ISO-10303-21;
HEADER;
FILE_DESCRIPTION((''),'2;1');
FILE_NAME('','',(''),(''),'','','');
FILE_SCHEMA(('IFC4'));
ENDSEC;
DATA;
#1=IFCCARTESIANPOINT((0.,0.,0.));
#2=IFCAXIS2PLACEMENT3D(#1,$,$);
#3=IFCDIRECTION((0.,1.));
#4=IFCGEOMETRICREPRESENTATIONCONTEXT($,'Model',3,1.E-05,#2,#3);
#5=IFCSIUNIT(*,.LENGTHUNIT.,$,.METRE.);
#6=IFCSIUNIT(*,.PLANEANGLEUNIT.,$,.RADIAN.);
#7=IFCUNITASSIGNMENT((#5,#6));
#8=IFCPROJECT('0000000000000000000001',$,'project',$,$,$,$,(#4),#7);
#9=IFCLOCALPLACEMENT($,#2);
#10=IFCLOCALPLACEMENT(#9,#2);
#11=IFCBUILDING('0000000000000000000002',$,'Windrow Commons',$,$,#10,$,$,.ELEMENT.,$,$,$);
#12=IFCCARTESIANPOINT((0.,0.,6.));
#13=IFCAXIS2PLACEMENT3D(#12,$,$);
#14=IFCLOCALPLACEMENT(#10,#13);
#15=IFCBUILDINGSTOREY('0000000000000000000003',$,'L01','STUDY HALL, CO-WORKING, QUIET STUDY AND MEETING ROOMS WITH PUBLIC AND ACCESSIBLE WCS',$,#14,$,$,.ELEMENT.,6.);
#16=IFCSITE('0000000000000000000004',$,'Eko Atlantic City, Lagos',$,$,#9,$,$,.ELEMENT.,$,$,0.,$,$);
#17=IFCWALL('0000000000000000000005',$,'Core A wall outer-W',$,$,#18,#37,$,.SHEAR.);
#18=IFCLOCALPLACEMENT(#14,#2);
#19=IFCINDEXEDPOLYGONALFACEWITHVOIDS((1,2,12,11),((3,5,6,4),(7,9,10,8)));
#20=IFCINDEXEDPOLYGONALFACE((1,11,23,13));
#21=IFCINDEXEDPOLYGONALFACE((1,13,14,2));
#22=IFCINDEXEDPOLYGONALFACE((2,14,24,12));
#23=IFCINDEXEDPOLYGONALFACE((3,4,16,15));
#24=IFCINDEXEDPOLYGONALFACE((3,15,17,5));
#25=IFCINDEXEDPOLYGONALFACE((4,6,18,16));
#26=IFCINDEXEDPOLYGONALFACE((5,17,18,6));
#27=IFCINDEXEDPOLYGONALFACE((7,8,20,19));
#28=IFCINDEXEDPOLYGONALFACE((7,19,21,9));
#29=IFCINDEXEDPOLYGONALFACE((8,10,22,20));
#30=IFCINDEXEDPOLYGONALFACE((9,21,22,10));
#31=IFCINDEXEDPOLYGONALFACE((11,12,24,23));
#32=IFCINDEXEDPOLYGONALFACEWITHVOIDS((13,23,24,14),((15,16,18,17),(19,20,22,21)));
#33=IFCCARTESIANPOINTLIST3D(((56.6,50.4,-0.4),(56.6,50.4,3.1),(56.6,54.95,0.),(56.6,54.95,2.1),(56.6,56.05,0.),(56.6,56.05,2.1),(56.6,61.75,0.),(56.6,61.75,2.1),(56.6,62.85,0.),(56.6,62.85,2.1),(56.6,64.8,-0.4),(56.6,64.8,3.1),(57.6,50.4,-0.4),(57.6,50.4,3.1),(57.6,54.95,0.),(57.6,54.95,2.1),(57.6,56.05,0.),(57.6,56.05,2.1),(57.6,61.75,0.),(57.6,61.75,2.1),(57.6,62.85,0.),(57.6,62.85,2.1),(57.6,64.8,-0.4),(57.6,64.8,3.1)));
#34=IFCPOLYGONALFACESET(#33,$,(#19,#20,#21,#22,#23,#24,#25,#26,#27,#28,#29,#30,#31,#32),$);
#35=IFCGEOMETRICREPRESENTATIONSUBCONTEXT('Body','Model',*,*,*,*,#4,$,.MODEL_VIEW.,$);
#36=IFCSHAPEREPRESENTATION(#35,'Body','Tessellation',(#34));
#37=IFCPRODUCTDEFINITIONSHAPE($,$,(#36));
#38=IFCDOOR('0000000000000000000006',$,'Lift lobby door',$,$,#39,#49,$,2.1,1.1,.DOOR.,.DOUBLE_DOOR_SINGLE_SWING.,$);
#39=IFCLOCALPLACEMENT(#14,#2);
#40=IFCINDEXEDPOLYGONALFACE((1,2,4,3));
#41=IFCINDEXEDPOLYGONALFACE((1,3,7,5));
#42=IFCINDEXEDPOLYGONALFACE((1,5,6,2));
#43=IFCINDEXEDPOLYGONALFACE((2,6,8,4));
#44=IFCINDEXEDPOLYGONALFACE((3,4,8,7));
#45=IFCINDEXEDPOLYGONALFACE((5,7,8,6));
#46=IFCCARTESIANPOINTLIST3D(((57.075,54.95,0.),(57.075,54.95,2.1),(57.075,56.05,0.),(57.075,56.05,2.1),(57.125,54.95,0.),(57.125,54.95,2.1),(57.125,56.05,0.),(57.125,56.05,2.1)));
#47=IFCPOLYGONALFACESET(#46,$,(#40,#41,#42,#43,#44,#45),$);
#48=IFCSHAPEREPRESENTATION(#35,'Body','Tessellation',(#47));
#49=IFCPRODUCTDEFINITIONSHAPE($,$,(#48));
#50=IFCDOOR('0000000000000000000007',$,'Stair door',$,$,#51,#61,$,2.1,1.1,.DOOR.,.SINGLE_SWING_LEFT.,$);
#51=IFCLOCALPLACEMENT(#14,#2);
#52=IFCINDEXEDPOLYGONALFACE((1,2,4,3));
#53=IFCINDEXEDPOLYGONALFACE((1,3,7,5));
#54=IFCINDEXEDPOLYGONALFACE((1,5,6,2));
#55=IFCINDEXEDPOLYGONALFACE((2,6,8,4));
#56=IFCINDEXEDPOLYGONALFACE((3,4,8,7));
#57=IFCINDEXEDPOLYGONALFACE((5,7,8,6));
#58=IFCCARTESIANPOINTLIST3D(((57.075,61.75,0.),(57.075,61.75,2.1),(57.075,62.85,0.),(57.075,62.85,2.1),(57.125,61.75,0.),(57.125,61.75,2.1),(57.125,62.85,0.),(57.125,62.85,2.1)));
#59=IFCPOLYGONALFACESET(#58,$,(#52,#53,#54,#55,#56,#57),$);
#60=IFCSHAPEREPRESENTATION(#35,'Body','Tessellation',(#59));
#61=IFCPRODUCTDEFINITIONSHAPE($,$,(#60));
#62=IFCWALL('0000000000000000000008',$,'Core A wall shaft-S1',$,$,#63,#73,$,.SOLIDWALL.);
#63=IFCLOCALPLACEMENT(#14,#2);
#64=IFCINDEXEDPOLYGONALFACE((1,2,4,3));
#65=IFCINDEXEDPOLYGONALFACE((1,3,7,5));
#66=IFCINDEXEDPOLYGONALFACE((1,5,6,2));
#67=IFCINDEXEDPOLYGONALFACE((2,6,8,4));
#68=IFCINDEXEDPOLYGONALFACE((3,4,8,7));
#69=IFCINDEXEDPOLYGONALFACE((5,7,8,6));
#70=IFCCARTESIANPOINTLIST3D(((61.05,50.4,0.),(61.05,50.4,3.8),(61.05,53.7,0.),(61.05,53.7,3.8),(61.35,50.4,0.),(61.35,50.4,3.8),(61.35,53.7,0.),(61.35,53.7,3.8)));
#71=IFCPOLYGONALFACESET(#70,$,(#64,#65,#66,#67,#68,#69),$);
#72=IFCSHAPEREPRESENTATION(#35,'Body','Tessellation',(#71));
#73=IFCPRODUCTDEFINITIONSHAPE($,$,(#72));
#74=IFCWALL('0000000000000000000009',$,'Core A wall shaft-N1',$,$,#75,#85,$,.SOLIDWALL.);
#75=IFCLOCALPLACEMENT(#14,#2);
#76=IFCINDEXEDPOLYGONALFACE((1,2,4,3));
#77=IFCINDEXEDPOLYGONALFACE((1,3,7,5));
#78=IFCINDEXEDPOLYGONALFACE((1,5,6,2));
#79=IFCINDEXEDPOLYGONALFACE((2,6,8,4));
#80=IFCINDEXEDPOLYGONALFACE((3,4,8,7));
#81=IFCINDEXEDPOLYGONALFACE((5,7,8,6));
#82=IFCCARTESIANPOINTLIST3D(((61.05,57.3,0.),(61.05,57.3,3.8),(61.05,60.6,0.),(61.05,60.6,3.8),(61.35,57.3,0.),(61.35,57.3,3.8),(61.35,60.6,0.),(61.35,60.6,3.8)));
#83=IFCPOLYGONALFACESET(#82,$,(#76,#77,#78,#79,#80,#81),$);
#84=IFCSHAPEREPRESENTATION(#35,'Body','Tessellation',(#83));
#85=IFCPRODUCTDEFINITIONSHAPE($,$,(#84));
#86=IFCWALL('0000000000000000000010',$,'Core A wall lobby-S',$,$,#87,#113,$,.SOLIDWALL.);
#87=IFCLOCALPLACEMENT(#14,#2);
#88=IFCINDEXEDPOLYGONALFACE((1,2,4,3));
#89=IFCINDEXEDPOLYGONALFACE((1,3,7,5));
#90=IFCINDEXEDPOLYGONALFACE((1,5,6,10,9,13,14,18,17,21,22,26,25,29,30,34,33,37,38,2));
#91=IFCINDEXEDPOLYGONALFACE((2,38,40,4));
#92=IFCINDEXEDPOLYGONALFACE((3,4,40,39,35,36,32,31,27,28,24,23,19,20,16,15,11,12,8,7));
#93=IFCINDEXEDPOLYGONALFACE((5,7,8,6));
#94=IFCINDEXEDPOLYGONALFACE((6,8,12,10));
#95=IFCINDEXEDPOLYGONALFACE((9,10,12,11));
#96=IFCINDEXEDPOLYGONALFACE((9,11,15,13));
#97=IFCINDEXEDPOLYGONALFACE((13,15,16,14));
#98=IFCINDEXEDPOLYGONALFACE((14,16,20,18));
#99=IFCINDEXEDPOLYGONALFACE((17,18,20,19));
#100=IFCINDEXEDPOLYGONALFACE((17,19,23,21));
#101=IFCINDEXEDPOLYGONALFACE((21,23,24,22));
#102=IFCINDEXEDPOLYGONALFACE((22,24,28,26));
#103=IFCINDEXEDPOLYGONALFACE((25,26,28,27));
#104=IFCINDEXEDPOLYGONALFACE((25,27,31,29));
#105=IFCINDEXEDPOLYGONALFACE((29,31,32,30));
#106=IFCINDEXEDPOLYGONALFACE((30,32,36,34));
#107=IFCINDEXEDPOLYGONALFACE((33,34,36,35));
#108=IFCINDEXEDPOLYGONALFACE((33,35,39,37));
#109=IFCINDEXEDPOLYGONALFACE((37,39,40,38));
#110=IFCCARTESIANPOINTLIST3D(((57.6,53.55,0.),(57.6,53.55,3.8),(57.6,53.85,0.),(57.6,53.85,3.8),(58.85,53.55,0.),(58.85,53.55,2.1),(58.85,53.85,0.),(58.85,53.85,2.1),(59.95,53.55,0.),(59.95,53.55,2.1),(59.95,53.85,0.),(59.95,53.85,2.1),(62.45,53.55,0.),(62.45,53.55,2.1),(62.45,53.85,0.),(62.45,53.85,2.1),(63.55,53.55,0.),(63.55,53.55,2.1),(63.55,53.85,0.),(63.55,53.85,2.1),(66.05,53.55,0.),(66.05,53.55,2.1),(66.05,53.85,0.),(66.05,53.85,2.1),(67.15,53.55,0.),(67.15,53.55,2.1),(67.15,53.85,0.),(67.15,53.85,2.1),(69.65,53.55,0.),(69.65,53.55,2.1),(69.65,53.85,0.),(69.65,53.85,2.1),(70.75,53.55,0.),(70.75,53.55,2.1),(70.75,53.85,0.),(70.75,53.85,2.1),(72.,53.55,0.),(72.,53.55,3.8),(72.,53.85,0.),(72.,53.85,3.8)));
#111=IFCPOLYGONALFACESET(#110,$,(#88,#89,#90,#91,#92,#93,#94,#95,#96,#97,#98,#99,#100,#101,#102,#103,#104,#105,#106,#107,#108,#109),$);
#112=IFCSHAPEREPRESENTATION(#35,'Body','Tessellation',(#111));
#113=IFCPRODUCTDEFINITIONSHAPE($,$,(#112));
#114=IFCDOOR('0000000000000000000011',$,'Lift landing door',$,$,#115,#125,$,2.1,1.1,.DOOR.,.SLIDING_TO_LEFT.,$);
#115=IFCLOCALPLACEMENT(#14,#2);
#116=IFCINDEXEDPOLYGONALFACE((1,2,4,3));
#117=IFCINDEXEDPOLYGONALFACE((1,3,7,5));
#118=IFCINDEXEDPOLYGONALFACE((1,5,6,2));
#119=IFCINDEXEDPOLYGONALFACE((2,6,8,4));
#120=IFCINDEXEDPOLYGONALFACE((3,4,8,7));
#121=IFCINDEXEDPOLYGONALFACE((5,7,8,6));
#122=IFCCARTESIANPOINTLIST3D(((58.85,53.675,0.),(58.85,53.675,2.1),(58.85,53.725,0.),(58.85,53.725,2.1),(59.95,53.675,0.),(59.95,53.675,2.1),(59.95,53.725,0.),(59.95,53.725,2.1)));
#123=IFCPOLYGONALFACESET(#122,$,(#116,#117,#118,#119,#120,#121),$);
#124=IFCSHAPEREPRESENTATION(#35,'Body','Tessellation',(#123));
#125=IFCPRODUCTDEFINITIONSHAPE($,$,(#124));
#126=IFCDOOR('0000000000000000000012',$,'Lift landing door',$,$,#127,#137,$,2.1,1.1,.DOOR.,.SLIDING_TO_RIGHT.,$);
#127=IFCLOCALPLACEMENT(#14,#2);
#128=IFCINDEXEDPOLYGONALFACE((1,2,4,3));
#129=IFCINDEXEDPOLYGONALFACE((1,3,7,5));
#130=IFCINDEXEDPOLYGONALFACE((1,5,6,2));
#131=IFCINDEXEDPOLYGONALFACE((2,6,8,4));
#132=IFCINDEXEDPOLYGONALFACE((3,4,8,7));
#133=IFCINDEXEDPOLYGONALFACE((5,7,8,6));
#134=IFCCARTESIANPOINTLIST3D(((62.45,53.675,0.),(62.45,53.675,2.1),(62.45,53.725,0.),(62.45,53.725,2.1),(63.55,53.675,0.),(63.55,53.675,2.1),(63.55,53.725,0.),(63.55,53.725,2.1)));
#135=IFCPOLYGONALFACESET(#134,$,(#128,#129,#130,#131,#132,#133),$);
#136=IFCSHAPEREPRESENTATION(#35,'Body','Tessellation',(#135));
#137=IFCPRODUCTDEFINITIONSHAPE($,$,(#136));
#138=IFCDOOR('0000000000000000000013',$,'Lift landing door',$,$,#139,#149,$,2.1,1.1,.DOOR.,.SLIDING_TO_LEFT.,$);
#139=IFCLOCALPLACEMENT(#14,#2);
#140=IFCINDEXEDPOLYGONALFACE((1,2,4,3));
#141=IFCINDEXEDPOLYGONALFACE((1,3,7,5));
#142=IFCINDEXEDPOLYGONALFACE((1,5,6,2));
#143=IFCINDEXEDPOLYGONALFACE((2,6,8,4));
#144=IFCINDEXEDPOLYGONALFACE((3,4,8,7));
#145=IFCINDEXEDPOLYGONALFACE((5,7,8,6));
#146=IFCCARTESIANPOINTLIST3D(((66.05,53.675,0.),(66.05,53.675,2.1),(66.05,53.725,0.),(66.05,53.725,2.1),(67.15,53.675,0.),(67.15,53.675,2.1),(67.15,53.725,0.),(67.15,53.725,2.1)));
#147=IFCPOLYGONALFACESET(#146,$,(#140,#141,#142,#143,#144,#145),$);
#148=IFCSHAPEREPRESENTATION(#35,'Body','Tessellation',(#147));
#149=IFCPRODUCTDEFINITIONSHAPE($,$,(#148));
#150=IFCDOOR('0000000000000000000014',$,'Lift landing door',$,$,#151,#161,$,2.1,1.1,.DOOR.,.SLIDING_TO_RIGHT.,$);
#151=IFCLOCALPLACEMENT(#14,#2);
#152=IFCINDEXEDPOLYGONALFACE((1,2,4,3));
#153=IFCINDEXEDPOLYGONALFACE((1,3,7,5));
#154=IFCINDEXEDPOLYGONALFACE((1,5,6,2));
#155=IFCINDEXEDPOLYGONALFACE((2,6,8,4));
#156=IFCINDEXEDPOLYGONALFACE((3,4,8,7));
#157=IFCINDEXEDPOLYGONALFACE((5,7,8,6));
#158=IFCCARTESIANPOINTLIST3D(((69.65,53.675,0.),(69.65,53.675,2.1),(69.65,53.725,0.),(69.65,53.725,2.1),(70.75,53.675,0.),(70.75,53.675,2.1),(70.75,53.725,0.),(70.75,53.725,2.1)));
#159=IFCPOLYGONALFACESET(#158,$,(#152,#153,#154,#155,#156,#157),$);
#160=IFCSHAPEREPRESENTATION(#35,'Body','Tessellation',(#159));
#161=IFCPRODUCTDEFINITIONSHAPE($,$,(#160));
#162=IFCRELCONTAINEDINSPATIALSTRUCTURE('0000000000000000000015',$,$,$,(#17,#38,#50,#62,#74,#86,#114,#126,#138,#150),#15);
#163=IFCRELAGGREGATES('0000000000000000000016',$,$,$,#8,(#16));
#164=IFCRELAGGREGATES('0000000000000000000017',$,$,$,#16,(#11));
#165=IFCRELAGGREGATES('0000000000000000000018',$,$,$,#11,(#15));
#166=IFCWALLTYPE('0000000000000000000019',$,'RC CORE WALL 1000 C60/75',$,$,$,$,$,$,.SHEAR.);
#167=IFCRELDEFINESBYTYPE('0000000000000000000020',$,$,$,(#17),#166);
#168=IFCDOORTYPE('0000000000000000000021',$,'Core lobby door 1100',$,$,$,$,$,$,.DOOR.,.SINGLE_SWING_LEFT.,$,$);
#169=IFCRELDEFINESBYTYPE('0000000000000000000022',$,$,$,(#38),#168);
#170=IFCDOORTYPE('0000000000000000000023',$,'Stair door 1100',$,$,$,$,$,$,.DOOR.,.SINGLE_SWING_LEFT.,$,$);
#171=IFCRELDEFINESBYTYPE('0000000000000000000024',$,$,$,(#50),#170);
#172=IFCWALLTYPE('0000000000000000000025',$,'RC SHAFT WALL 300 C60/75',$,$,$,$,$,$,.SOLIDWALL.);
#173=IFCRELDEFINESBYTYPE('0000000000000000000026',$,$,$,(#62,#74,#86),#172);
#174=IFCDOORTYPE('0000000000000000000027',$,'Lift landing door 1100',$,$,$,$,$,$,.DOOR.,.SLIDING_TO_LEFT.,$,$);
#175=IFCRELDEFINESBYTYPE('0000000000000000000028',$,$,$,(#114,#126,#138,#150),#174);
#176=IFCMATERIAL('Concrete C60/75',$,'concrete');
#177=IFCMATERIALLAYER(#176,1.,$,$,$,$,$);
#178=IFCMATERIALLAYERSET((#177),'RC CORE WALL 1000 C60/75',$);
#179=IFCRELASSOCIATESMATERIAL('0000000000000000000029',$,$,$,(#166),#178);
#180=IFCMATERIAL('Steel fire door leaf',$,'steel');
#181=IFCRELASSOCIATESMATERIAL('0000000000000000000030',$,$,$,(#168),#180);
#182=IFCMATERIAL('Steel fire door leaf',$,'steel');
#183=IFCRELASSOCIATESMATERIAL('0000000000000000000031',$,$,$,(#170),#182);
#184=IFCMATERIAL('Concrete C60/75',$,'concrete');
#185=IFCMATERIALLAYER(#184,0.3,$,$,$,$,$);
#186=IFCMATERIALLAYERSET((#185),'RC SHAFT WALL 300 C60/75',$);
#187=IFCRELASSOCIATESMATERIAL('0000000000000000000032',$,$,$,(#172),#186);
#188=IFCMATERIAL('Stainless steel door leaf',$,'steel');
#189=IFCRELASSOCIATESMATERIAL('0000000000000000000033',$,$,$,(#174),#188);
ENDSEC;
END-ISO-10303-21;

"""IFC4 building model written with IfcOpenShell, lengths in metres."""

from ifc_helpers import new_model, si_unit, direction, frame, frame_2d, origin, place, context, subcontext, project, spatial, rectangle, extrude, material, layer, layer_set, type_object, element, fill, save


model = new_model("IFC4")

# Units and contexts
model_context = context("Model", 3, precision=1e-05, world=origin(), true_north=direction((0.0, 1.0)))
body_context = subcontext(model_context, "Body", "Model", "MODEL_VIEW")
ifc_project = project(units=[si_unit("LENGTHUNIT", "METRE"), si_unit("PLANEANGLEUNIT", "RADIAN")], contexts=[model_context])

# Site, building, storey
site_placement = place(None, origin())
site = spatial("IfcSite", under=ifc_project, at=site_placement, Name="Eko Atlantic City, Lagos", CompositionType="ELEMENT", RefElevation=0.0)
building_placement = place(site_placement, origin())
building = spatial("IfcBuilding", under=site, at=building_placement, Name="Windrow Commons", CompositionType="ELEMENT")
storey_placement = place(building_placement, frame((0.0, 0.0, 6.0)))
storey = spatial("IfcBuildingStorey", under=building, at=storey_placement, Name="L01", Description="STUDY HALL, CO-WORKING, QUIET STUDY AND MEETING ROOMS WITH PUBLIC AND ACCESSIBLE WCS", CompositionType="ELEMENT", Elevation=6.0)

# Shared definitions
ifc_material_1 = material(Name="Concrete C60/75", Category="concrete")
ifc_layer_1 = layer(ifc_material_1, 1.0)
ifc_layer_set_1 = layer_set([ifc_layer_1], Name="RC CORE WALL 1000 C60/75")
wall_type_1 = type_object("IfcWallType", Name="RC CORE WALL 1000 C60/75", PredefinedType="SHEAR", material=ifc_layer_set_1)

# Wall, openings, doors
wall_1_placement = place(storey_placement, frame((57.1, 50.4, -0.4), z_axis=(0.0, 0.0, 1.0), x_axis=(0.0, 1.0, 0.0)))
wall_1 = element("IfcWall", 1, at=wall_1_placement, inside=storey, type_object=wall_type_1, Name="Core A wall outer-W", PredefinedType="SHEAR", context=body_context, shape_type="SweptSolid", body=[
    extrude(rectangle(XDim=14.4, YDim=1.0, at=frame_2d((7.2, 0.0))), origin(), (0.0, 0.0, 1.0), 3.5),
])
opening_1_placement = place(wall_1_placement, frame((4.55, 0.0, 0.4)))
opening_1 = element("IfcOpeningElement", 2, at=opening_1_placement, cuts=wall_1, PredefinedType="OPENING", context=body_context, shape_type="SweptSolid", body=[
    extrude(rectangle(XDim=1.1, YDim=2.1, at=frame_2d((0.55, 1.05))), frame((0.0, 0.51, 0.0), z_axis=(0.0, -1.0, 0.0), x_axis=(1.0, 0.0, 0.0)), (0.0, 0.0, 1.0), 1.02),
])
opening_2_placement = place(wall_1_placement, frame((11.35, 0.0, 0.4)))
opening_2 = element("IfcOpeningElement", 3, at=opening_2_placement, cuts=wall_1, PredefinedType="OPENING", context=body_context, shape_type="SweptSolid", body=[
    extrude(rectangle(XDim=1.1, YDim=2.1, at=frame_2d((0.55, 1.05))), frame((0.0, 0.51, 0.0), z_axis=(0.0, -1.0, 0.0), x_axis=(1.0, 0.0, 0.0)), (0.0, 0.0, 1.0), 1.02),
])
ifc_material_2 = material(Name="Steel fire door leaf", Category="steel")
door_type_1 = type_object("IfcDoorType", Name="Core lobby door 1100", OperationType="SINGLE_SWING_LEFT", PredefinedType="DOOR", material=ifc_material_2)
door_1_placement = place(opening_1_placement, origin())
door_1 = element("IfcDoor", 4, at=door_1_placement, inside=storey, type_object=door_type_1, Name="Lift lobby door", OperationType="DOUBLE_DOOR_SINGLE_SWING", OverallHeight=2.1, OverallWidth=1.1, PredefinedType="DOOR", context=body_context, shape_type="SweptSolid", body=[
    extrude(rectangle(XDim=1.1, YDim=2.1, at=frame_2d((0.55, 1.05))), frame((0.0, 0.025, 0.0), z_axis=(0.0, -1.0, 0.0), x_axis=(1.0, 0.0, 0.0)), (0.0, 0.0, 1.0), 0.05),
])
fill(opening_1, door_1)
ifc_material_3 = material(Name="Steel fire door leaf", Category="steel")
door_type_2 = type_object("IfcDoorType", Name="Stair door 1100", OperationType="SINGLE_SWING_LEFT", PredefinedType="DOOR", material=ifc_material_3)
door_2_placement = place(opening_2_placement, origin())
door_2 = element("IfcDoor", 5, at=door_2_placement, inside=storey, type_object=door_type_2, Name="Stair door", OperationType="SINGLE_SWING_LEFT", OverallHeight=2.1, OverallWidth=1.1, PredefinedType="DOOR", context=body_context, shape_type="SweptSolid", body=[
    extrude(rectangle(XDim=1.1, YDim=2.1, at=frame_2d((0.55, 1.05))), frame((0.0, 0.025, 0.0), z_axis=(0.0, -1.0, 0.0), x_axis=(1.0, 0.0, 0.0)), (0.0, 0.0, 1.0), 0.05),
])
fill(opening_2, door_2)

# Walls
ifc_material_4 = material(Name="Concrete C60/75", Category="concrete")
ifc_layer_2 = layer(ifc_material_4, 0.3)
ifc_layer_set_2 = layer_set([ifc_layer_2], Name="RC SHAFT WALL 300 C60/75")
wall_type_2 = type_object("IfcWallType", Name="RC SHAFT WALL 300 C60/75", PredefinedType="SOLIDWALL", material=ifc_layer_set_2)
for number, where, z_axis, x_axis, name in (
    (6, (61.2, 50.4, 0.0), (0.0, 0.0, 1.0), (0.0, 1.0, 0.0), "Core A wall shaft-S1"),
    (7, (61.2, 57.3, 0.0), (0.0, 0.0, 1.0), (0.0, 1.0, 0.0), "Core A wall shaft-N1"),
):
    element("IfcWall", number, at=place(storey_placement, frame(where, z_axis=z_axis, x_axis=x_axis)), inside=storey, type_object=wall_type_2, Name=name, PredefinedType="SOLIDWALL", context=body_context, shape_type="SweptSolid", body=[
        extrude(rectangle(XDim=3.3, YDim=0.3, at=frame_2d((1.65, 0.0))), origin(), (0.0, 0.0, 1.0), 3.8),
    ])

# Wall, openings, doors
wall_2_placement = place(storey_placement, frame((57.6, 53.7, 0.0), z_axis=(0.0, 0.0, 1.0), x_axis=(1.0, 0.0, 0.0)))
wall_2 = element("IfcWall", 8, at=wall_2_placement, inside=storey, type_object=wall_type_2, Name="Core A wall lobby-S", PredefinedType="SOLIDWALL", context=body_context, shape_type="SweptSolid", body=[
    extrude(rectangle(XDim=14.4, YDim=0.3, at=frame_2d((7.2, 0.0))), origin(), (0.0, 0.0, 1.0), 3.8),
])
opening_3_placement = place(wall_2_placement, frame((1.25, 0.0, 0.0)))
opening_3 = element("IfcOpeningElement", 9, at=opening_3_placement, cuts=wall_2, PredefinedType="OPENING", context=body_context, shape_type="SweptSolid", body=[
    extrude(rectangle(XDim=1.1, YDim=2.1, at=frame_2d((0.55, 1.05))), frame((0.0, 0.16, 0.0), z_axis=(0.0, -1.0, 0.0), x_axis=(1.0, 0.0, 0.0)), (0.0, 0.0, 1.0), 0.32),
])
opening_4_placement = place(wall_2_placement, frame((4.85, 0.0, 0.0)))
opening_4 = element("IfcOpeningElement", 10, at=opening_4_placement, cuts=wall_2, PredefinedType="OPENING", context=body_context, shape_type="SweptSolid", body=[
    extrude(rectangle(XDim=1.1, YDim=2.1, at=frame_2d((0.55, 1.05))), frame((0.0, 0.16, 0.0), z_axis=(0.0, -1.0, 0.0), x_axis=(1.0, 0.0, 0.0)), (0.0, 0.0, 1.0), 0.32),
])
opening_5_placement = place(wall_2_placement, frame((8.45, 0.0, 0.0)))
opening_5 = element("IfcOpeningElement", 11, at=opening_5_placement, cuts=wall_2, PredefinedType="OPENING", context=body_context, shape_type="SweptSolid", body=[
    extrude(rectangle(XDim=1.1, YDim=2.1, at=frame_2d((0.55, 1.05))), frame((0.0, 0.16, 0.0), z_axis=(0.0, -1.0, 0.0), x_axis=(1.0, 0.0, 0.0)), (0.0, 0.0, 1.0), 0.32),
])
opening_6_placement = place(wall_2_placement, frame((12.05, 0.0, 0.0)))
opening_6 = element("IfcOpeningElement", 12, at=opening_6_placement, cuts=wall_2, PredefinedType="OPENING", context=body_context, shape_type="SweptSolid", body=[
    extrude(rectangle(XDim=1.1, YDim=2.1, at=frame_2d((0.55, 1.05))), frame((0.0, 0.16, 0.0), z_axis=(0.0, -1.0, 0.0), x_axis=(1.0, 0.0, 0.0)), (0.0, 0.0, 1.0), 0.32),
])
ifc_material_5 = material(Name="Stainless steel door leaf", Category="steel")
door_type_3 = type_object("IfcDoorType", Name="Lift landing door 1100", OperationType="SLIDING_TO_LEFT", PredefinedType="DOOR", material=ifc_material_5)
door_3_placement = place(opening_3_placement, origin())
door_3 = element("IfcDoor", 13, at=door_3_placement, inside=storey, type_object=door_type_3, Name="Lift landing door", OperationType="SLIDING_TO_LEFT", OverallHeight=2.1, OverallWidth=1.1, PredefinedType="DOOR", context=body_context, shape_type="SweptSolid", body=[
    extrude(rectangle(XDim=1.1, YDim=2.1, at=frame_2d((0.55, 1.05))), frame((0.0, 0.025, 0.0), z_axis=(0.0, -1.0, 0.0), x_axis=(1.0, 0.0, 0.0)), (0.0, 0.0, 1.0), 0.05),
])
fill(opening_3, door_3)
door_4_placement = place(opening_4_placement, origin())
door_4 = element("IfcDoor", 14, at=door_4_placement, inside=storey, type_object=door_type_3, Name="Lift landing door", OperationType="SLIDING_TO_RIGHT", OverallHeight=2.1, OverallWidth=1.1, PredefinedType="DOOR", context=body_context, shape_type="SweptSolid", body=[
    extrude(rectangle(XDim=1.1, YDim=2.1, at=frame_2d((0.55, 1.05))), frame((0.0, 0.025, 0.0), z_axis=(0.0, -1.0, 0.0), x_axis=(1.0, 0.0, 0.0)), (0.0, 0.0, 1.0), 0.05),
])
fill(opening_4, door_4)
door_5_placement = place(opening_5_placement, origin())
door_5 = element("IfcDoor", 15, at=door_5_placement, inside=storey, type_object=door_type_3, Name="Lift landing door", OperationType="SLIDING_TO_LEFT", OverallHeight=2.1, OverallWidth=1.1, PredefinedType="DOOR", context=body_context, shape_type="SweptSolid", body=[
    extrude(rectangle(XDim=1.1, YDim=2.1, at=frame_2d((0.55, 1.05))), frame((0.0, 0.025, 0.0), z_axis=(0.0, -1.0, 0.0), x_axis=(1.0, 0.0, 0.0)), (0.0, 0.0, 1.0), 0.05),
])
fill(opening_5, door_5)
door_6_placement = place(opening_6_placement, origin())
door_6 = element("IfcDoor", 16, at=door_6_placement, inside=storey, type_object=door_type_3, Name="Lift landing door", OperationType="SLIDING_TO_RIGHT", OverallHeight=2.1, OverallWidth=1.1, PredefinedType="DOOR", context=body_context, shape_type="SweptSolid", body=[
    extrude(rectangle(XDim=1.1, YDim=2.1, at=frame_2d((0.55, 1.05))), frame((0.0, 0.025, 0.0), z_axis=(0.0, -1.0, 0.0), x_axis=(1.0, 0.0, 0.0)), (0.0, 0.0, 1.0), 0.05),
])
fill(opening_6, door_6)

save(model, "model.ifc")
